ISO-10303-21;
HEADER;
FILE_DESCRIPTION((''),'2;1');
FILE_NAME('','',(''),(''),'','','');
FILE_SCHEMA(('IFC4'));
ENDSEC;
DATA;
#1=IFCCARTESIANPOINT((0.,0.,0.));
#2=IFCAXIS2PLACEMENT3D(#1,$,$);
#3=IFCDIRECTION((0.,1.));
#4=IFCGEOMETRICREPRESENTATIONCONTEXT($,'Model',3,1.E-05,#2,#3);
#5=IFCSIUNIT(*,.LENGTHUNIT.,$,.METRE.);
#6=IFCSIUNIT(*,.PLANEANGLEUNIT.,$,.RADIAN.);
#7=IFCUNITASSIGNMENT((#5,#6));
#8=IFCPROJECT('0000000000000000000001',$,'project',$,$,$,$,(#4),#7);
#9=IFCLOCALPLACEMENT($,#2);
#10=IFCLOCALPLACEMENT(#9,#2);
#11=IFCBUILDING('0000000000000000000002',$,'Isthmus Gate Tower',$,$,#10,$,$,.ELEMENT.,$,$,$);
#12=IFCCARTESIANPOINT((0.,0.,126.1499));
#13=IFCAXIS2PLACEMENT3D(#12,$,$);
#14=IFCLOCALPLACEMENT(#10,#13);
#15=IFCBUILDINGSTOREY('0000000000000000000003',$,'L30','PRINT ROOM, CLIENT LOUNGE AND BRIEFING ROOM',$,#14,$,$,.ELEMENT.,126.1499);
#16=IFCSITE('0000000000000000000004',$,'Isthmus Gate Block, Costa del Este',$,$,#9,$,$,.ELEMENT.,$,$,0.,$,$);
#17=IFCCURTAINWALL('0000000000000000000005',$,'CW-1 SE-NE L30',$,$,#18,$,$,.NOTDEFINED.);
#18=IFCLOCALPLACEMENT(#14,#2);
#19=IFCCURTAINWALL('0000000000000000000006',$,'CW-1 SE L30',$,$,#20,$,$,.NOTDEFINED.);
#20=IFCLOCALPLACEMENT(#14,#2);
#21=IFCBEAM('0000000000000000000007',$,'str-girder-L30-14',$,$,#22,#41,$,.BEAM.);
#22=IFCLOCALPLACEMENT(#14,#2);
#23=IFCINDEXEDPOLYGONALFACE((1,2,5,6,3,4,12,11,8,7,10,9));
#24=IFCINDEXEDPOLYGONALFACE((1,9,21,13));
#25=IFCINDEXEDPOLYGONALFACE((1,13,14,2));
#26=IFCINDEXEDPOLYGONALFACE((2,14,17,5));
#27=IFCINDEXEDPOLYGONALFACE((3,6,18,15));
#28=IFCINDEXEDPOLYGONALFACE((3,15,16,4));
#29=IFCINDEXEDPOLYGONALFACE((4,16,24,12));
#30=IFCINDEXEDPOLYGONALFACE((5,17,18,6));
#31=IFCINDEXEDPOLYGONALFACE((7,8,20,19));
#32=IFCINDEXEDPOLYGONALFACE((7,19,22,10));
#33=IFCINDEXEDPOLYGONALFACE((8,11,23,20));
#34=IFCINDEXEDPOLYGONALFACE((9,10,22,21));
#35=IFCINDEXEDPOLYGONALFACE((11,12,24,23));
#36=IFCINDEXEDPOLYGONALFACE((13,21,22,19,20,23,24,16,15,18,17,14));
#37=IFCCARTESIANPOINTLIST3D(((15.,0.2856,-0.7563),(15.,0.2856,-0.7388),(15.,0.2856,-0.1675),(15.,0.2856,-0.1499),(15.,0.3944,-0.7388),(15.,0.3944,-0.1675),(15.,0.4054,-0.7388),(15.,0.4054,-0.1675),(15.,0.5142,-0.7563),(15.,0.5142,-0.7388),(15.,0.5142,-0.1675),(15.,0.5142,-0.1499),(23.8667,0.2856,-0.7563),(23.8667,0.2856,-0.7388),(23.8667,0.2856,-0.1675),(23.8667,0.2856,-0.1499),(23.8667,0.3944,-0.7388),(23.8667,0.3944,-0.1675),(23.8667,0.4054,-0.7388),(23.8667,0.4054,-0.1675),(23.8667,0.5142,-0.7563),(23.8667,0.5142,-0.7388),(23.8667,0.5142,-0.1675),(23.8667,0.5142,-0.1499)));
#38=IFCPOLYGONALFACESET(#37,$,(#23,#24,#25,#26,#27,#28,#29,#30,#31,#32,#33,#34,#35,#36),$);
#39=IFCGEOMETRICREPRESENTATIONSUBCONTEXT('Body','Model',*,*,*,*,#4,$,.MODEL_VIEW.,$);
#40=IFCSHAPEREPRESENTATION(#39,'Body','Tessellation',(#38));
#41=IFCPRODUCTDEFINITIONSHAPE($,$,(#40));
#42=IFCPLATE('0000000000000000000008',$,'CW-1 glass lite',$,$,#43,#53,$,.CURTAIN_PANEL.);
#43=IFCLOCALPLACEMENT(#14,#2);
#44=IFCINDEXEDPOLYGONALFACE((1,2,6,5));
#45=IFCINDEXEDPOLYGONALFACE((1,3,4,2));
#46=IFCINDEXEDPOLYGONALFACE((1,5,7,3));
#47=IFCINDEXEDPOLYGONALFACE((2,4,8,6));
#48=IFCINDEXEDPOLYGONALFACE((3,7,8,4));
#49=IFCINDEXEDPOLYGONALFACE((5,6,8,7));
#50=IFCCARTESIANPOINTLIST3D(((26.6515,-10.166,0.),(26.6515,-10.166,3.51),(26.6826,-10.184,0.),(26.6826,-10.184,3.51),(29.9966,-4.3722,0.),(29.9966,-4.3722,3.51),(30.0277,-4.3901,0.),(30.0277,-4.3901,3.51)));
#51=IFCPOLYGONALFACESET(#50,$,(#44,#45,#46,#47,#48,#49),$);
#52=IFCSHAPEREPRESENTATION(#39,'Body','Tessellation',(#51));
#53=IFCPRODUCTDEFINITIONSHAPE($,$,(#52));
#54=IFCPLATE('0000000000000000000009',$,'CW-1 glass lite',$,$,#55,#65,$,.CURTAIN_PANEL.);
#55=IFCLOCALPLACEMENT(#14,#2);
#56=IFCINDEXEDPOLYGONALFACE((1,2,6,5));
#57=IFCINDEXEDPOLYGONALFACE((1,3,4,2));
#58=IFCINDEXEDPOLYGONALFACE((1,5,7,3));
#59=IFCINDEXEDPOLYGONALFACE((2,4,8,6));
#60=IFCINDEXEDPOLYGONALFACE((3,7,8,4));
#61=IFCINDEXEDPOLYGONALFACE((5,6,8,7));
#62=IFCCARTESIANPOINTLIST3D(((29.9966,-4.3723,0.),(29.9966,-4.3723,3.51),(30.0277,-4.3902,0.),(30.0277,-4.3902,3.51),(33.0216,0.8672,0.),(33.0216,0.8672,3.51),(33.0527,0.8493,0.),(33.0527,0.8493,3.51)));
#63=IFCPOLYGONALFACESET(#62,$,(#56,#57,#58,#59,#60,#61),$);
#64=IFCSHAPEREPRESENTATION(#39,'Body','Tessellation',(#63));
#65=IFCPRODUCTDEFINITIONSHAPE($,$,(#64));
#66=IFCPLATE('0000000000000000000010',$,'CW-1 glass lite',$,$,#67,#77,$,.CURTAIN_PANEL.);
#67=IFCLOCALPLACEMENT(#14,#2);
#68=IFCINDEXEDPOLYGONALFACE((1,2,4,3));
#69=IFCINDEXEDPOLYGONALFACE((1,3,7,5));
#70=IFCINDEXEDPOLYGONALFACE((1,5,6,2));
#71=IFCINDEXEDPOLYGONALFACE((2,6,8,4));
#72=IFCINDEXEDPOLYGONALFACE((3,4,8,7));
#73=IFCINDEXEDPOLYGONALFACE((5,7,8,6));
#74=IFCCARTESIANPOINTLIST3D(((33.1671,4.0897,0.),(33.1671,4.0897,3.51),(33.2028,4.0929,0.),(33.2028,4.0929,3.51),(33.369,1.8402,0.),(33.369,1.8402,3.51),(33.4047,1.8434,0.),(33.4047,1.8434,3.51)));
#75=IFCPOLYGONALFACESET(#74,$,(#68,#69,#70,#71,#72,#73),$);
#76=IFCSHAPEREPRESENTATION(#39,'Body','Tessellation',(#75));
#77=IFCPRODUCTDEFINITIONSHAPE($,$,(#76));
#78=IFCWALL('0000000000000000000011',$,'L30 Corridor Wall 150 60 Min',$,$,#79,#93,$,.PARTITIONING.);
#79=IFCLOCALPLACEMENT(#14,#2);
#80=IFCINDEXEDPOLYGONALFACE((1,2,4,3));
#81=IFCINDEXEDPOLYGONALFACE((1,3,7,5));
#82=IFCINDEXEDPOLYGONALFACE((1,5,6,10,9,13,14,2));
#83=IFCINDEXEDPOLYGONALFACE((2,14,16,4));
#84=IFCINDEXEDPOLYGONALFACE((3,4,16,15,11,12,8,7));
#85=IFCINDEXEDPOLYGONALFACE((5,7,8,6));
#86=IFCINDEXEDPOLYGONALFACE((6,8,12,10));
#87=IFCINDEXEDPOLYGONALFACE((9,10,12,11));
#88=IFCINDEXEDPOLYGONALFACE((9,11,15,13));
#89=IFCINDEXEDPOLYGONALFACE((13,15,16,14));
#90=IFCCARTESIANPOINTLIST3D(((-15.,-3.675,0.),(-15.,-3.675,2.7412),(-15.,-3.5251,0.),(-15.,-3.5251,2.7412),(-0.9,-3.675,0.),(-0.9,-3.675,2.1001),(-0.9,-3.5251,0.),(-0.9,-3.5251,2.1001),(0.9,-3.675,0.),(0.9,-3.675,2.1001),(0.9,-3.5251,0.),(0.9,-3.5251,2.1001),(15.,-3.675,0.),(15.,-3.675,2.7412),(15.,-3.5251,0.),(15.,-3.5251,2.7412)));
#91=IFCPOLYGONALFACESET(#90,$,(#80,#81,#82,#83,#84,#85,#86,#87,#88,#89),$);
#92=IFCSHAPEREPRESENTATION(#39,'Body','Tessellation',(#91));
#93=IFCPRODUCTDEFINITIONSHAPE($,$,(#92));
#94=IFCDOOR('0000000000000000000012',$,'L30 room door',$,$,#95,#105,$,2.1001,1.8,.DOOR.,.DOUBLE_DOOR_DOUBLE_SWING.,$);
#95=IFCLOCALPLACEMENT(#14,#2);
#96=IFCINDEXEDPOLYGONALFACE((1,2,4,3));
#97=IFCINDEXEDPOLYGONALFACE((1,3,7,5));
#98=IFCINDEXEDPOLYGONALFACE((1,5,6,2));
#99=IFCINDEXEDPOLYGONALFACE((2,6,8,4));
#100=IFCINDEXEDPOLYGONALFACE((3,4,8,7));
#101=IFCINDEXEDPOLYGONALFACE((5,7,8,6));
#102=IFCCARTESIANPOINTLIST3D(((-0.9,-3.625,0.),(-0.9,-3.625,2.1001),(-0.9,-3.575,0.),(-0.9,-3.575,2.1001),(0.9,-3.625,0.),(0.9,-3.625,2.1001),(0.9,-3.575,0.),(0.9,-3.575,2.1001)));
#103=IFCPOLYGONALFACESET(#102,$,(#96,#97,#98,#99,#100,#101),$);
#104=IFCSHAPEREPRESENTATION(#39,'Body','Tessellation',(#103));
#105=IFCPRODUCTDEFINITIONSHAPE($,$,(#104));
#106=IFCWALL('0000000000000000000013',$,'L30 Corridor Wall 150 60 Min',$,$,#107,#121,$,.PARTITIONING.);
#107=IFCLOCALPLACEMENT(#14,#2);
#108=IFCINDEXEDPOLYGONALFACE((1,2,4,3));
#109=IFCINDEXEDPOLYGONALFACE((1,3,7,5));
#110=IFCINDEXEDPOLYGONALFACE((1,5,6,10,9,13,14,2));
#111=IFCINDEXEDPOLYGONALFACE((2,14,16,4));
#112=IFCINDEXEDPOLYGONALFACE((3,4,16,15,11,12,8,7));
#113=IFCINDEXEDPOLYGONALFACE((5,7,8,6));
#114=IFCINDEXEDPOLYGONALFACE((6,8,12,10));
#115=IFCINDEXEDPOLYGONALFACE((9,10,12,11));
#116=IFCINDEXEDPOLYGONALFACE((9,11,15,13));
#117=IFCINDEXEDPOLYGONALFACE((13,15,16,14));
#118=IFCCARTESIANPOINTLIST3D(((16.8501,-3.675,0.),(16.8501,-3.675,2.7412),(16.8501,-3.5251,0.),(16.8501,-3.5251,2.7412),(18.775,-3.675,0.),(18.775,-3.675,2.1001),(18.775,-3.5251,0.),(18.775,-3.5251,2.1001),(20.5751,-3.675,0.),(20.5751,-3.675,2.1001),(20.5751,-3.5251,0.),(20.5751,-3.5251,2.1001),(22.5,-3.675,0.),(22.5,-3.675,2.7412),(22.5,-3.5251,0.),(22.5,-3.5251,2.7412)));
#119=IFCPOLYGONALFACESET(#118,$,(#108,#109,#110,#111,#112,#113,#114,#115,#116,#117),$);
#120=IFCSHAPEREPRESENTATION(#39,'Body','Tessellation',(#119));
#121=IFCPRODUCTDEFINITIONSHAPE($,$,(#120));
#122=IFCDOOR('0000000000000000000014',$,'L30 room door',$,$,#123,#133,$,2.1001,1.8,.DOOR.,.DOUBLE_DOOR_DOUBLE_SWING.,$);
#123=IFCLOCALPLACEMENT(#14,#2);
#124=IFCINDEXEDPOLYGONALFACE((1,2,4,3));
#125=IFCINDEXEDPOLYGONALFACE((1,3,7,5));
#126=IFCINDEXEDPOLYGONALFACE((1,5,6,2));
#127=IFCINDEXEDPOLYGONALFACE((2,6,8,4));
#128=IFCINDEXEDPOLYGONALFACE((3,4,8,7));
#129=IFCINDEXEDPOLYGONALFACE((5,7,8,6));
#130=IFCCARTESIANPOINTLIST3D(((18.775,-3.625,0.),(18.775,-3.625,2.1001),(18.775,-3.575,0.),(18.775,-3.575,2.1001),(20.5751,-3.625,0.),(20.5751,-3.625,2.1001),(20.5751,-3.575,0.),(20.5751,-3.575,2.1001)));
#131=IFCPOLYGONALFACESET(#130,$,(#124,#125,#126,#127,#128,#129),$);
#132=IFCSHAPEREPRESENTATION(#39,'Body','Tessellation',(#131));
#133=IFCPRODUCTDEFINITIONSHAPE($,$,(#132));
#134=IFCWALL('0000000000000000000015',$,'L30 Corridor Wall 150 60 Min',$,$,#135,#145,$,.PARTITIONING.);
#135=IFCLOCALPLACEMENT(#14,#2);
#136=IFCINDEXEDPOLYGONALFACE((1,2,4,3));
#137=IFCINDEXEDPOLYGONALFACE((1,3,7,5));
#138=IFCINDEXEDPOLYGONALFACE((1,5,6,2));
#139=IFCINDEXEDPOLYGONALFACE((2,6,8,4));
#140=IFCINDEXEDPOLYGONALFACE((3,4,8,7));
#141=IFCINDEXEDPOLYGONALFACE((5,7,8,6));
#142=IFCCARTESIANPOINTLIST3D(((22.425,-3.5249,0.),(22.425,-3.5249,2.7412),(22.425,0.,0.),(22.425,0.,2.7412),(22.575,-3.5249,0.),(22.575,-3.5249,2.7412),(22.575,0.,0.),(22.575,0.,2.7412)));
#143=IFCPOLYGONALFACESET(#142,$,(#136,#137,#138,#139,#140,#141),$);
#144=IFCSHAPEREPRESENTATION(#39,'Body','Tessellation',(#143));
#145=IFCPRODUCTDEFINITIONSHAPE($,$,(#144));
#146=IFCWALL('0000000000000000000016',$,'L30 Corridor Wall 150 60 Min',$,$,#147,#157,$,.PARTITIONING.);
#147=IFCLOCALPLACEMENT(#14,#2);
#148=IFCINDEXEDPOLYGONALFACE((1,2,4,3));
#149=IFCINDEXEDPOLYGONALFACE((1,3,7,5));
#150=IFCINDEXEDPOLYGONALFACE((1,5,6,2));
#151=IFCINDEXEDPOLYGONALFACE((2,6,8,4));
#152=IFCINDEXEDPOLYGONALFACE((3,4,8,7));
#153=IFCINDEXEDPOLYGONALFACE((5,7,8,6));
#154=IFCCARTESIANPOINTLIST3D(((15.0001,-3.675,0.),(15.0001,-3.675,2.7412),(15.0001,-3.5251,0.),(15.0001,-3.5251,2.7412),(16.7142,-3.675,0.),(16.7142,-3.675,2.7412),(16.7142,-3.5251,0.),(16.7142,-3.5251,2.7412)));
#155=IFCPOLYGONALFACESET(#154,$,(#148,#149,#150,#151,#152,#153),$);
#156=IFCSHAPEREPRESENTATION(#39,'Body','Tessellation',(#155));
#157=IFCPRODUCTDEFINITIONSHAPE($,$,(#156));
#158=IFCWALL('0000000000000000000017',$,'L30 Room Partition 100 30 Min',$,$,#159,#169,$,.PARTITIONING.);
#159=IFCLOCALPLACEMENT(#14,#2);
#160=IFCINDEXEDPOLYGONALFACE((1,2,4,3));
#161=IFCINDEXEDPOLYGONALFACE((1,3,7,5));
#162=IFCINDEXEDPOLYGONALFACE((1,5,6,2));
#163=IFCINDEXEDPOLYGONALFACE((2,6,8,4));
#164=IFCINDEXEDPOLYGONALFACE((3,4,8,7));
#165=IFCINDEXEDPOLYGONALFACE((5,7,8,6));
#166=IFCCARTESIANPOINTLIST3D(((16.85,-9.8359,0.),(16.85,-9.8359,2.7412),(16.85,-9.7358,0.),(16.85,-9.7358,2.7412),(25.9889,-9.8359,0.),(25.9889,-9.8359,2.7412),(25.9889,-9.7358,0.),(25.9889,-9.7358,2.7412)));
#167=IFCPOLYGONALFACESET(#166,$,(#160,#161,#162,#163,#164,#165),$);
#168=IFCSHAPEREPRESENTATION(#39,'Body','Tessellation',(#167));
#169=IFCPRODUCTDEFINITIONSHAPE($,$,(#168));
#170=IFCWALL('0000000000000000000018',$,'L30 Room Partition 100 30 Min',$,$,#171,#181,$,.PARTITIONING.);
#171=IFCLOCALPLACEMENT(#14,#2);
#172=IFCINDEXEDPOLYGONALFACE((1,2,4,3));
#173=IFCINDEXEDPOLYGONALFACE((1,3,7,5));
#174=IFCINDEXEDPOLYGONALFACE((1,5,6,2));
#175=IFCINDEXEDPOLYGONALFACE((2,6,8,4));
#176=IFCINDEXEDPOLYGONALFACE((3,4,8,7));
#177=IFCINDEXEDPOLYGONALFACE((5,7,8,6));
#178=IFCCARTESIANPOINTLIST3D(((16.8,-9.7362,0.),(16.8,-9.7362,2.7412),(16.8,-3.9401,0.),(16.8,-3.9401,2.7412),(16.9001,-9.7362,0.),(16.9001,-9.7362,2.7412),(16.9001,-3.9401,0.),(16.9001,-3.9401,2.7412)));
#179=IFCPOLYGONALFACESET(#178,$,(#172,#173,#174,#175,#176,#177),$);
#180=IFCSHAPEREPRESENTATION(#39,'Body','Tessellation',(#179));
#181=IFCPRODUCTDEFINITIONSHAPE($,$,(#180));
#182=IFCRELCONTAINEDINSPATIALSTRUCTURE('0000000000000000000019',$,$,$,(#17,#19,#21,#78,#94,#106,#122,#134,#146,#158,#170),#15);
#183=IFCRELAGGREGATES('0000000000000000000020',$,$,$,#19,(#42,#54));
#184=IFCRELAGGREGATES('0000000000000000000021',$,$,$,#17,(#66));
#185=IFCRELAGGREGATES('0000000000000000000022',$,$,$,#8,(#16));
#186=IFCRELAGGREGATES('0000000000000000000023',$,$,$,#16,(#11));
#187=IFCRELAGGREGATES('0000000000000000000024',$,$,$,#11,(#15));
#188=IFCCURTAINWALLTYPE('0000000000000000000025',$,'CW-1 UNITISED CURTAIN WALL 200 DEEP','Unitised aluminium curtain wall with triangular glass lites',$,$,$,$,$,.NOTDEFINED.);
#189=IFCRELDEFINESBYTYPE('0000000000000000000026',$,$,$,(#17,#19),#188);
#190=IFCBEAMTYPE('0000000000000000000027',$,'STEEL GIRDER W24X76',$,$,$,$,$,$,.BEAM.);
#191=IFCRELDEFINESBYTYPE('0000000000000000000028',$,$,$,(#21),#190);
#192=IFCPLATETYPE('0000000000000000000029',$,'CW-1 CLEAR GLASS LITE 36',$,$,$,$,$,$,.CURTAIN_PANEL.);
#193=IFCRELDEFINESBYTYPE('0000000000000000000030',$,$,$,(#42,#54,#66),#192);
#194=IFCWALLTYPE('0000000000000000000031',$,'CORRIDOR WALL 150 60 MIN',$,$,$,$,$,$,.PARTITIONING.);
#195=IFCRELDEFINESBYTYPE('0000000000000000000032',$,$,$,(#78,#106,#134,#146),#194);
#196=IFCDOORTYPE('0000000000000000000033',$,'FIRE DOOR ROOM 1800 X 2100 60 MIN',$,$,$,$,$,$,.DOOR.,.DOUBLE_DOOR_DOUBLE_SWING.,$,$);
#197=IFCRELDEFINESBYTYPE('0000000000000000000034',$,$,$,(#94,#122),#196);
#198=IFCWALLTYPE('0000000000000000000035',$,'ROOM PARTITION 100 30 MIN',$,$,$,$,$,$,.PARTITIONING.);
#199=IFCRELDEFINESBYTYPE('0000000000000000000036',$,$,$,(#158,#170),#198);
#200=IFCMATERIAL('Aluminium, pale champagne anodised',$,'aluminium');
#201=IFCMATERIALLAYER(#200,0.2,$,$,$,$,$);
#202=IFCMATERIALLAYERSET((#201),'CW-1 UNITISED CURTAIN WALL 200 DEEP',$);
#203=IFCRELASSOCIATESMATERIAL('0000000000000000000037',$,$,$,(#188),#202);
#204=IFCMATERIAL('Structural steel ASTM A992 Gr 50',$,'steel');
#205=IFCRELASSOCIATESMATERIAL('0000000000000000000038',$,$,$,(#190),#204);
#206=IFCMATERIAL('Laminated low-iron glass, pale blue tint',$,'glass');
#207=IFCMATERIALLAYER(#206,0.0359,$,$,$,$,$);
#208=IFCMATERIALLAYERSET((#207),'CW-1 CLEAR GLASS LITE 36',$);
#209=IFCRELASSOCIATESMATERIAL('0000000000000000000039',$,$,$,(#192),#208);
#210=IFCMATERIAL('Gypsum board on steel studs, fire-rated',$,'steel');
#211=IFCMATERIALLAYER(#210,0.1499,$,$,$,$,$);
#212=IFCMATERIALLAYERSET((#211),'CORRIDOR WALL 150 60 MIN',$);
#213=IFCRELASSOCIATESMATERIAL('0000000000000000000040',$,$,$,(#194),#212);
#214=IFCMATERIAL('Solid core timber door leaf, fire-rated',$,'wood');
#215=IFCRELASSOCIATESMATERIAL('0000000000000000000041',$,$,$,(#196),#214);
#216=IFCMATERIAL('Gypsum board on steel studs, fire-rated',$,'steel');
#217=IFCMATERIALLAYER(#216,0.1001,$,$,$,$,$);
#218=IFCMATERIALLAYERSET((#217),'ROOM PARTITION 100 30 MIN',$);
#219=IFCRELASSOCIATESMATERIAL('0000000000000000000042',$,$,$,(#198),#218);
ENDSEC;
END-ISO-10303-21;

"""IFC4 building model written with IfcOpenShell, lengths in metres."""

from ifc_helpers import new_model, si_unit, direction, frame, frame_2d, origin, origin_2d, place, context, subcontext, project, spatial, rectangle, i_section, extrude, material, layer, layer_set, material_profile, profile_set, type_object, element, fill, aggregate, save


model = new_model("IFC4")

# Units and contexts
model_context = context("Model", 3, precision=1e-05, world=origin(), true_north=direction((0.0, 1.0)))
body_context = subcontext(model_context, "Body", "Model", "MODEL_VIEW")
ifc_project = project(units=[si_unit("LENGTHUNIT", "METRE"), si_unit("PLANEANGLEUNIT", "RADIAN")], contexts=[model_context])

# Site, building, storey
site_placement = place(None, origin())
site = spatial("IfcSite", under=ifc_project, at=site_placement, Name="Isthmus Gate Block, Costa del Este", CompositionType="ELEMENT", RefElevation=0.0)
building_placement = place(site_placement, origin())
building = spatial("IfcBuilding", under=site, at=building_placement, Name="Isthmus Gate Tower", CompositionType="ELEMENT")
storey_placement = place(building_placement, frame((0.0, 0.0, 126.1499)))
storey = spatial("IfcBuildingStorey", under=building, at=storey_placement, Name="L30", Description="PRINT ROOM, CLIENT LOUNGE AND BRIEFING ROOM", CompositionType="ELEMENT", Elevation=126.1499)

# Curtain walls
ifc_material_1 = material(Name="Aluminium, pale champagne anodised", Category="aluminium")
ifc_layer_1 = layer(ifc_material_1, 0.2)
ifc_layer_set_1 = layer_set([ifc_layer_1], Name="CW-1 UNITISED CURTAIN WALL 200 DEEP")
curtain_wall_type = type_object("IfcCurtainWallType", Name="CW-1 UNITISED CURTAIN WALL 200 DEEP", Description="Unitised aluminium curtain wall with triangular glass lites", PredefinedType="NOTDEFINED", material=ifc_layer_set_1)
curtain_wall_1_placement = place(storey_placement, origin())
curtain_wall_1 = element("IfcCurtainWall", 1, at=curtain_wall_1_placement, inside=storey, type_object=curtain_wall_type, Name="CW-1 SE-NE L30", PredefinedType="NOTDEFINED")
curtain_wall_2_placement = place(storey_placement, origin())
curtain_wall_2 = element("IfcCurtainWall", 2, at=curtain_wall_2_placement, inside=storey, type_object=curtain_wall_type, Name="CW-1 SE L30", PredefinedType="NOTDEFINED")

# Beam
ifc_material_2 = material(Name="Structural steel ASTM A992 Gr 50", Category="steel")
ifc_material_profile_1 = material_profile(ifc_material_2, i_section(OverallWidth=0.2285, OverallDepth=0.6064, WebThickness=0.011, FlangeThickness=0.0176, at=origin_2d()), Name="W24X76")
ifc_profile_set_1 = profile_set([ifc_material_profile_1], Name="Structural steel ASTM A992 Gr 50")
beam_type_1 = type_object("IfcBeamType", Name="STEEL GIRDER W24X76", PredefinedType="BEAM", material=ifc_profile_set_1)
beam_1_placement = place(storey_placement, frame((15.0, 0.3999, -0.4531), z_axis=(1.0, 0.0, 0.0), x_axis=(0.0, 1.0, 0.0)))
element("IfcBeam", 3, at=beam_1_placement, inside=storey, type_object=beam_type_1, Name="str-girder-L30-14", PredefinedType="BEAM", context=body_context, shape_type="SweptSolid", body=[
    extrude(i_section(OverallWidth=0.2285, OverallDepth=0.6064, WebThickness=0.011, FlangeThickness=0.0176, at=origin_2d()), origin(), (0.0, 0.0, 1.0), 8.8667),
])

# Plates
ifc_material_3 = material(Name="Laminated low-iron glass, pale blue tint", Category="glass")
ifc_layer_2 = layer(ifc_material_3, 0.0359)
ifc_layer_set_2 = layer_set([ifc_layer_2], Name="CW-1 CLEAR GLASS LITE 36")
plate_type = type_object("IfcPlateType", Name="CW-1 CLEAR GLASS LITE 36", PredefinedType="CURTAIN_PANEL", material=ifc_layer_set_2)
plate_1_placement = place(storey_placement, frame((28.3396, -7.2781, 0.0), z_axis=(0.0, 0.0, 1.0), x_axis=(0.5, 0.866025, 0.0)))
plate_1 = element("IfcPlate", 4, at=plate_1_placement, type_object=plate_type, Name="CW-1 glass lite", PredefinedType="CURTAIN_PANEL", context=body_context, shape_type="SweptSolid", body=[
    extrude(rectangle(XDim=6.6902, YDim=0.0359, at=origin_2d()), origin(), (0.0, 0.0, 1.0), 3.51),
])
plate_2_placement = place(storey_placement, frame((31.5247, -1.7615, 0.0), z_axis=(0.0, 0.0, 1.0), x_axis=(0.5, 0.866025, 0.0)))
plate_2 = element("IfcPlate", 5, at=plate_2_placement, type_object=plate_type, Name="CW-1 glass lite", PredefinedType="CURTAIN_PANEL", context=body_context, shape_type="SweptSolid", body=[
    extrude(rectangle(XDim=6.05, YDim=0.0359, at=origin_2d()), origin(), (0.0, 0.0, 1.0), 3.51),
])
aggregate(curtain_wall_2, [plate_1, plate_2])
plate_3_placement = place(storey_placement, frame((33.2859, 2.9666, 0.0), z_axis=(0.0, 0.0, 1.0), x_axis=(-0.089397, 0.995996, 0.0)))
plate_3 = element("IfcPlate", 6, at=plate_3_placement, type_object=plate_type, Name="CW-1 glass lite", PredefinedType="CURTAIN_PANEL", context=body_context, shape_type="SweptSolid", body=[
    extrude(rectangle(XDim=2.2585, YDim=0.0359, at=origin_2d()), origin(), (0.0, 0.0, 1.0), 3.51),
])
aggregate(curtain_wall_1, [plate_3])

# Walls, openings, doors
ifc_material_4 = material(Name="Gypsum board on steel studs, fire-rated", Category="steel")
ifc_layer_3 = layer(ifc_material_4, 0.1499)
ifc_layer_set_3 = layer_set([ifc_layer_3], Name="CORRIDOR WALL 150 60 MIN")
wall_type_1 = type_object("IfcWallType", Name="CORRIDOR WALL 150 60 MIN", PredefinedType="PARTITIONING", material=ifc_layer_set_3)
wall_1_placement = place(storey_placement, frame((15.0, -3.6001, 0.0), z_axis=(0.0, 0.0, 1.0), x_axis=(-1.0, 0.0, 0.0)))
wall_1 = element("IfcWall", 7, at=wall_1_placement, inside=storey, type_object=wall_type_1, Name="L30 Corridor Wall 150 60 Min", PredefinedType="PARTITIONING", context=body_context, shape_type="SweptSolid", body=[
    extrude(rectangle(XDim=30.0, YDim=0.1499, at=frame_2d((15.0, 0.0))), origin(), (0.0, 0.0, 1.0), 2.7412),
])
opening_1_placement = place(wall_1_placement, frame((14.1001, 0.0, 0.0)))
opening_1 = element("IfcOpeningElement", 8, at=opening_1_placement, cuts=wall_1, PredefinedType="OPENING", context=body_context, shape_type="SweptSolid", body=[
    extrude(rectangle(XDim=1.8, YDim=2.1001, at=frame_2d((0.8999, 1.05))), frame((0.0, 0.085, 0.0), z_axis=(0.0, -1.0, 0.0), x_axis=(1.0, 0.0, 0.0)), (0.0, 0.0, 1.0), 0.1699),
])
ifc_material_5 = material(Name="Solid core timber door leaf, fire-rated", Category="wood")
door_type = type_object("IfcDoorType", Name="FIRE DOOR ROOM 1800 X 2100 60 MIN", OperationType="DOUBLE_DOOR_DOUBLE_SWING", PredefinedType="DOOR", material=ifc_material_5)
door_1_placement = place(opening_1_placement, origin())
door_1 = element("IfcDoor", 9, at=door_1_placement, inside=storey, type_object=door_type, Name="L30 room door", OperationType="DOUBLE_DOOR_DOUBLE_SWING", OverallHeight=2.1001, OverallWidth=1.8, PredefinedType="DOOR", context=body_context, shape_type="SweptSolid", body=[
    extrude(rectangle(XDim=1.8, YDim=2.1001, at=frame_2d((0.8999, 1.05))), frame((0.0, 0.0249, 0.0), z_axis=(0.0, -1.0, 0.0), x_axis=(1.0, 0.0, 0.0)), (0.0, 0.0, 1.0), 0.05),
])
fill(opening_1, door_1)
wall_2_placement = place(storey_placement, frame((22.5, -3.6001, 0.0), z_axis=(0.0, 0.0, 1.0), x_axis=(-1.0, 0.0, 0.0)))
wall_2 = element("IfcWall", 10, at=wall_2_placement, inside=storey, type_object=wall_type_1, Name="L30 Corridor Wall 150 60 Min", PredefinedType="PARTITIONING", context=body_context, shape_type="SweptSolid", body=[
    extrude(rectangle(XDim=5.6499, YDim=0.1499, at=frame_2d((2.825, 0.0))), origin(), (0.0, 0.0, 1.0), 2.7412),
])
opening_2_placement = place(wall_2_placement, frame((1.925, 0.0, 0.0)))
opening_2 = element("IfcOpeningElement", 11, at=opening_2_placement, cuts=wall_2, PredefinedType="OPENING", context=body_context, shape_type="SweptSolid", body=[
    extrude(rectangle(XDim=1.8, YDim=2.1001, at=frame_2d((0.8999, 1.05))), frame((0.0, 0.085, 0.0), z_axis=(0.0, -1.0, 0.0), x_axis=(1.0, 0.0, 0.0)), (0.0, 0.0, 1.0), 0.1699),
])
door_2_placement = place(opening_2_placement, origin())
door_2 = element("IfcDoor", 12, at=door_2_placement, inside=storey, type_object=door_type, Name="L30 room door", OperationType="DOUBLE_DOOR_DOUBLE_SWING", OverallHeight=2.1001, OverallWidth=1.8, PredefinedType="DOOR", context=body_context, shape_type="SweptSolid", body=[
    extrude(rectangle(XDim=1.8, YDim=2.1001, at=frame_2d((0.8999, 1.05))), frame((0.0, 0.0249, 0.0), z_axis=(0.0, -1.0, 0.0), x_axis=(1.0, 0.0, 0.0)), (0.0, 0.0, 1.0), 0.05),
])
fill(opening_2, door_2)

# Walls
wall_3_placement = place(storey_placement, frame((22.5, 0.0, 0.0), z_axis=(0.0, 0.0, 1.0), x_axis=(0.0, -1.0, 0.0)))
element("IfcWall", 13, at=wall_3_placement, inside=storey, type_object=wall_type_1, Name="L30 Corridor Wall 150 60 Min", PredefinedType="PARTITIONING", context=body_context, shape_type="SweptSolid", body=[
    extrude(rectangle(XDim=3.5249, YDim=0.1499, at=frame_2d((1.7625, 0.0))), origin(), (0.0, 0.0, 1.0), 2.7412),
])
wall_4_placement = place(storey_placement, frame((16.7141, -3.6001, 0.0), z_axis=(0.0, 0.0, 1.0), x_axis=(-1.0, 0.0, 0.0)))
element("IfcWall", 14, at=wall_4_placement, inside=storey, type_object=wall_type_1, Name="L30 Corridor Wall 150 60 Min", PredefinedType="PARTITIONING", context=body_context, shape_type="SweptSolid", body=[
    extrude(rectangle(XDim=1.7141, YDim=0.1499, at=frame_2d((0.8569, 0.0))), origin(), (0.0, 0.0, 1.0), 2.7412),
])
ifc_material_6 = material(Name="Gypsum board on steel studs, fire-rated", Category="steel")
ifc_layer_4 = layer(ifc_material_6, 0.1001)
ifc_layer_set_4 = layer_set([ifc_layer_4], Name="ROOM PARTITION 100 30 MIN")
wall_type_2 = type_object("IfcWallType", Name="ROOM PARTITION 100 30 MIN", PredefinedType="PARTITIONING", material=ifc_layer_set_4)
wall_5_placement = place(storey_placement, frame((16.8501, -9.7859, 0.0), z_axis=(0.0, 0.0, 1.0), x_axis=(1.0, 0.0, 0.0)))
element("IfcWall", 15, at=wall_5_placement, inside=storey, type_object=wall_type_2, Name="L30 Room Partition 100 30 Min", PredefinedType="PARTITIONING", context=body_context, shape_type="SweptSolid", body=[
    extrude(rectangle(XDim=9.1389, YDim=0.1001, at=frame_2d((4.5693, 0.0))), origin(), (0.0, 0.0, 1.0), 2.7412),
])
wall_6_placement = place(storey_placement, frame((16.8501, -9.7361, 0.0), z_axis=(0.0, 0.0, 1.0), x_axis=(0.0, 1.0, 0.0)))
element("IfcWall", 16, at=wall_6_placement, inside=storey, type_object=wall_type_2, Name="L30 Room Partition 100 30 Min", PredefinedType="PARTITIONING", context=body_context, shape_type="SweptSolid", body=[
    extrude(rectangle(XDim=5.7961, YDim=0.1001, at=frame_2d((2.8979, 0.0))), origin(), (0.0, 0.0, 1.0), 2.7412),
])

save(model, "model.ifc")
